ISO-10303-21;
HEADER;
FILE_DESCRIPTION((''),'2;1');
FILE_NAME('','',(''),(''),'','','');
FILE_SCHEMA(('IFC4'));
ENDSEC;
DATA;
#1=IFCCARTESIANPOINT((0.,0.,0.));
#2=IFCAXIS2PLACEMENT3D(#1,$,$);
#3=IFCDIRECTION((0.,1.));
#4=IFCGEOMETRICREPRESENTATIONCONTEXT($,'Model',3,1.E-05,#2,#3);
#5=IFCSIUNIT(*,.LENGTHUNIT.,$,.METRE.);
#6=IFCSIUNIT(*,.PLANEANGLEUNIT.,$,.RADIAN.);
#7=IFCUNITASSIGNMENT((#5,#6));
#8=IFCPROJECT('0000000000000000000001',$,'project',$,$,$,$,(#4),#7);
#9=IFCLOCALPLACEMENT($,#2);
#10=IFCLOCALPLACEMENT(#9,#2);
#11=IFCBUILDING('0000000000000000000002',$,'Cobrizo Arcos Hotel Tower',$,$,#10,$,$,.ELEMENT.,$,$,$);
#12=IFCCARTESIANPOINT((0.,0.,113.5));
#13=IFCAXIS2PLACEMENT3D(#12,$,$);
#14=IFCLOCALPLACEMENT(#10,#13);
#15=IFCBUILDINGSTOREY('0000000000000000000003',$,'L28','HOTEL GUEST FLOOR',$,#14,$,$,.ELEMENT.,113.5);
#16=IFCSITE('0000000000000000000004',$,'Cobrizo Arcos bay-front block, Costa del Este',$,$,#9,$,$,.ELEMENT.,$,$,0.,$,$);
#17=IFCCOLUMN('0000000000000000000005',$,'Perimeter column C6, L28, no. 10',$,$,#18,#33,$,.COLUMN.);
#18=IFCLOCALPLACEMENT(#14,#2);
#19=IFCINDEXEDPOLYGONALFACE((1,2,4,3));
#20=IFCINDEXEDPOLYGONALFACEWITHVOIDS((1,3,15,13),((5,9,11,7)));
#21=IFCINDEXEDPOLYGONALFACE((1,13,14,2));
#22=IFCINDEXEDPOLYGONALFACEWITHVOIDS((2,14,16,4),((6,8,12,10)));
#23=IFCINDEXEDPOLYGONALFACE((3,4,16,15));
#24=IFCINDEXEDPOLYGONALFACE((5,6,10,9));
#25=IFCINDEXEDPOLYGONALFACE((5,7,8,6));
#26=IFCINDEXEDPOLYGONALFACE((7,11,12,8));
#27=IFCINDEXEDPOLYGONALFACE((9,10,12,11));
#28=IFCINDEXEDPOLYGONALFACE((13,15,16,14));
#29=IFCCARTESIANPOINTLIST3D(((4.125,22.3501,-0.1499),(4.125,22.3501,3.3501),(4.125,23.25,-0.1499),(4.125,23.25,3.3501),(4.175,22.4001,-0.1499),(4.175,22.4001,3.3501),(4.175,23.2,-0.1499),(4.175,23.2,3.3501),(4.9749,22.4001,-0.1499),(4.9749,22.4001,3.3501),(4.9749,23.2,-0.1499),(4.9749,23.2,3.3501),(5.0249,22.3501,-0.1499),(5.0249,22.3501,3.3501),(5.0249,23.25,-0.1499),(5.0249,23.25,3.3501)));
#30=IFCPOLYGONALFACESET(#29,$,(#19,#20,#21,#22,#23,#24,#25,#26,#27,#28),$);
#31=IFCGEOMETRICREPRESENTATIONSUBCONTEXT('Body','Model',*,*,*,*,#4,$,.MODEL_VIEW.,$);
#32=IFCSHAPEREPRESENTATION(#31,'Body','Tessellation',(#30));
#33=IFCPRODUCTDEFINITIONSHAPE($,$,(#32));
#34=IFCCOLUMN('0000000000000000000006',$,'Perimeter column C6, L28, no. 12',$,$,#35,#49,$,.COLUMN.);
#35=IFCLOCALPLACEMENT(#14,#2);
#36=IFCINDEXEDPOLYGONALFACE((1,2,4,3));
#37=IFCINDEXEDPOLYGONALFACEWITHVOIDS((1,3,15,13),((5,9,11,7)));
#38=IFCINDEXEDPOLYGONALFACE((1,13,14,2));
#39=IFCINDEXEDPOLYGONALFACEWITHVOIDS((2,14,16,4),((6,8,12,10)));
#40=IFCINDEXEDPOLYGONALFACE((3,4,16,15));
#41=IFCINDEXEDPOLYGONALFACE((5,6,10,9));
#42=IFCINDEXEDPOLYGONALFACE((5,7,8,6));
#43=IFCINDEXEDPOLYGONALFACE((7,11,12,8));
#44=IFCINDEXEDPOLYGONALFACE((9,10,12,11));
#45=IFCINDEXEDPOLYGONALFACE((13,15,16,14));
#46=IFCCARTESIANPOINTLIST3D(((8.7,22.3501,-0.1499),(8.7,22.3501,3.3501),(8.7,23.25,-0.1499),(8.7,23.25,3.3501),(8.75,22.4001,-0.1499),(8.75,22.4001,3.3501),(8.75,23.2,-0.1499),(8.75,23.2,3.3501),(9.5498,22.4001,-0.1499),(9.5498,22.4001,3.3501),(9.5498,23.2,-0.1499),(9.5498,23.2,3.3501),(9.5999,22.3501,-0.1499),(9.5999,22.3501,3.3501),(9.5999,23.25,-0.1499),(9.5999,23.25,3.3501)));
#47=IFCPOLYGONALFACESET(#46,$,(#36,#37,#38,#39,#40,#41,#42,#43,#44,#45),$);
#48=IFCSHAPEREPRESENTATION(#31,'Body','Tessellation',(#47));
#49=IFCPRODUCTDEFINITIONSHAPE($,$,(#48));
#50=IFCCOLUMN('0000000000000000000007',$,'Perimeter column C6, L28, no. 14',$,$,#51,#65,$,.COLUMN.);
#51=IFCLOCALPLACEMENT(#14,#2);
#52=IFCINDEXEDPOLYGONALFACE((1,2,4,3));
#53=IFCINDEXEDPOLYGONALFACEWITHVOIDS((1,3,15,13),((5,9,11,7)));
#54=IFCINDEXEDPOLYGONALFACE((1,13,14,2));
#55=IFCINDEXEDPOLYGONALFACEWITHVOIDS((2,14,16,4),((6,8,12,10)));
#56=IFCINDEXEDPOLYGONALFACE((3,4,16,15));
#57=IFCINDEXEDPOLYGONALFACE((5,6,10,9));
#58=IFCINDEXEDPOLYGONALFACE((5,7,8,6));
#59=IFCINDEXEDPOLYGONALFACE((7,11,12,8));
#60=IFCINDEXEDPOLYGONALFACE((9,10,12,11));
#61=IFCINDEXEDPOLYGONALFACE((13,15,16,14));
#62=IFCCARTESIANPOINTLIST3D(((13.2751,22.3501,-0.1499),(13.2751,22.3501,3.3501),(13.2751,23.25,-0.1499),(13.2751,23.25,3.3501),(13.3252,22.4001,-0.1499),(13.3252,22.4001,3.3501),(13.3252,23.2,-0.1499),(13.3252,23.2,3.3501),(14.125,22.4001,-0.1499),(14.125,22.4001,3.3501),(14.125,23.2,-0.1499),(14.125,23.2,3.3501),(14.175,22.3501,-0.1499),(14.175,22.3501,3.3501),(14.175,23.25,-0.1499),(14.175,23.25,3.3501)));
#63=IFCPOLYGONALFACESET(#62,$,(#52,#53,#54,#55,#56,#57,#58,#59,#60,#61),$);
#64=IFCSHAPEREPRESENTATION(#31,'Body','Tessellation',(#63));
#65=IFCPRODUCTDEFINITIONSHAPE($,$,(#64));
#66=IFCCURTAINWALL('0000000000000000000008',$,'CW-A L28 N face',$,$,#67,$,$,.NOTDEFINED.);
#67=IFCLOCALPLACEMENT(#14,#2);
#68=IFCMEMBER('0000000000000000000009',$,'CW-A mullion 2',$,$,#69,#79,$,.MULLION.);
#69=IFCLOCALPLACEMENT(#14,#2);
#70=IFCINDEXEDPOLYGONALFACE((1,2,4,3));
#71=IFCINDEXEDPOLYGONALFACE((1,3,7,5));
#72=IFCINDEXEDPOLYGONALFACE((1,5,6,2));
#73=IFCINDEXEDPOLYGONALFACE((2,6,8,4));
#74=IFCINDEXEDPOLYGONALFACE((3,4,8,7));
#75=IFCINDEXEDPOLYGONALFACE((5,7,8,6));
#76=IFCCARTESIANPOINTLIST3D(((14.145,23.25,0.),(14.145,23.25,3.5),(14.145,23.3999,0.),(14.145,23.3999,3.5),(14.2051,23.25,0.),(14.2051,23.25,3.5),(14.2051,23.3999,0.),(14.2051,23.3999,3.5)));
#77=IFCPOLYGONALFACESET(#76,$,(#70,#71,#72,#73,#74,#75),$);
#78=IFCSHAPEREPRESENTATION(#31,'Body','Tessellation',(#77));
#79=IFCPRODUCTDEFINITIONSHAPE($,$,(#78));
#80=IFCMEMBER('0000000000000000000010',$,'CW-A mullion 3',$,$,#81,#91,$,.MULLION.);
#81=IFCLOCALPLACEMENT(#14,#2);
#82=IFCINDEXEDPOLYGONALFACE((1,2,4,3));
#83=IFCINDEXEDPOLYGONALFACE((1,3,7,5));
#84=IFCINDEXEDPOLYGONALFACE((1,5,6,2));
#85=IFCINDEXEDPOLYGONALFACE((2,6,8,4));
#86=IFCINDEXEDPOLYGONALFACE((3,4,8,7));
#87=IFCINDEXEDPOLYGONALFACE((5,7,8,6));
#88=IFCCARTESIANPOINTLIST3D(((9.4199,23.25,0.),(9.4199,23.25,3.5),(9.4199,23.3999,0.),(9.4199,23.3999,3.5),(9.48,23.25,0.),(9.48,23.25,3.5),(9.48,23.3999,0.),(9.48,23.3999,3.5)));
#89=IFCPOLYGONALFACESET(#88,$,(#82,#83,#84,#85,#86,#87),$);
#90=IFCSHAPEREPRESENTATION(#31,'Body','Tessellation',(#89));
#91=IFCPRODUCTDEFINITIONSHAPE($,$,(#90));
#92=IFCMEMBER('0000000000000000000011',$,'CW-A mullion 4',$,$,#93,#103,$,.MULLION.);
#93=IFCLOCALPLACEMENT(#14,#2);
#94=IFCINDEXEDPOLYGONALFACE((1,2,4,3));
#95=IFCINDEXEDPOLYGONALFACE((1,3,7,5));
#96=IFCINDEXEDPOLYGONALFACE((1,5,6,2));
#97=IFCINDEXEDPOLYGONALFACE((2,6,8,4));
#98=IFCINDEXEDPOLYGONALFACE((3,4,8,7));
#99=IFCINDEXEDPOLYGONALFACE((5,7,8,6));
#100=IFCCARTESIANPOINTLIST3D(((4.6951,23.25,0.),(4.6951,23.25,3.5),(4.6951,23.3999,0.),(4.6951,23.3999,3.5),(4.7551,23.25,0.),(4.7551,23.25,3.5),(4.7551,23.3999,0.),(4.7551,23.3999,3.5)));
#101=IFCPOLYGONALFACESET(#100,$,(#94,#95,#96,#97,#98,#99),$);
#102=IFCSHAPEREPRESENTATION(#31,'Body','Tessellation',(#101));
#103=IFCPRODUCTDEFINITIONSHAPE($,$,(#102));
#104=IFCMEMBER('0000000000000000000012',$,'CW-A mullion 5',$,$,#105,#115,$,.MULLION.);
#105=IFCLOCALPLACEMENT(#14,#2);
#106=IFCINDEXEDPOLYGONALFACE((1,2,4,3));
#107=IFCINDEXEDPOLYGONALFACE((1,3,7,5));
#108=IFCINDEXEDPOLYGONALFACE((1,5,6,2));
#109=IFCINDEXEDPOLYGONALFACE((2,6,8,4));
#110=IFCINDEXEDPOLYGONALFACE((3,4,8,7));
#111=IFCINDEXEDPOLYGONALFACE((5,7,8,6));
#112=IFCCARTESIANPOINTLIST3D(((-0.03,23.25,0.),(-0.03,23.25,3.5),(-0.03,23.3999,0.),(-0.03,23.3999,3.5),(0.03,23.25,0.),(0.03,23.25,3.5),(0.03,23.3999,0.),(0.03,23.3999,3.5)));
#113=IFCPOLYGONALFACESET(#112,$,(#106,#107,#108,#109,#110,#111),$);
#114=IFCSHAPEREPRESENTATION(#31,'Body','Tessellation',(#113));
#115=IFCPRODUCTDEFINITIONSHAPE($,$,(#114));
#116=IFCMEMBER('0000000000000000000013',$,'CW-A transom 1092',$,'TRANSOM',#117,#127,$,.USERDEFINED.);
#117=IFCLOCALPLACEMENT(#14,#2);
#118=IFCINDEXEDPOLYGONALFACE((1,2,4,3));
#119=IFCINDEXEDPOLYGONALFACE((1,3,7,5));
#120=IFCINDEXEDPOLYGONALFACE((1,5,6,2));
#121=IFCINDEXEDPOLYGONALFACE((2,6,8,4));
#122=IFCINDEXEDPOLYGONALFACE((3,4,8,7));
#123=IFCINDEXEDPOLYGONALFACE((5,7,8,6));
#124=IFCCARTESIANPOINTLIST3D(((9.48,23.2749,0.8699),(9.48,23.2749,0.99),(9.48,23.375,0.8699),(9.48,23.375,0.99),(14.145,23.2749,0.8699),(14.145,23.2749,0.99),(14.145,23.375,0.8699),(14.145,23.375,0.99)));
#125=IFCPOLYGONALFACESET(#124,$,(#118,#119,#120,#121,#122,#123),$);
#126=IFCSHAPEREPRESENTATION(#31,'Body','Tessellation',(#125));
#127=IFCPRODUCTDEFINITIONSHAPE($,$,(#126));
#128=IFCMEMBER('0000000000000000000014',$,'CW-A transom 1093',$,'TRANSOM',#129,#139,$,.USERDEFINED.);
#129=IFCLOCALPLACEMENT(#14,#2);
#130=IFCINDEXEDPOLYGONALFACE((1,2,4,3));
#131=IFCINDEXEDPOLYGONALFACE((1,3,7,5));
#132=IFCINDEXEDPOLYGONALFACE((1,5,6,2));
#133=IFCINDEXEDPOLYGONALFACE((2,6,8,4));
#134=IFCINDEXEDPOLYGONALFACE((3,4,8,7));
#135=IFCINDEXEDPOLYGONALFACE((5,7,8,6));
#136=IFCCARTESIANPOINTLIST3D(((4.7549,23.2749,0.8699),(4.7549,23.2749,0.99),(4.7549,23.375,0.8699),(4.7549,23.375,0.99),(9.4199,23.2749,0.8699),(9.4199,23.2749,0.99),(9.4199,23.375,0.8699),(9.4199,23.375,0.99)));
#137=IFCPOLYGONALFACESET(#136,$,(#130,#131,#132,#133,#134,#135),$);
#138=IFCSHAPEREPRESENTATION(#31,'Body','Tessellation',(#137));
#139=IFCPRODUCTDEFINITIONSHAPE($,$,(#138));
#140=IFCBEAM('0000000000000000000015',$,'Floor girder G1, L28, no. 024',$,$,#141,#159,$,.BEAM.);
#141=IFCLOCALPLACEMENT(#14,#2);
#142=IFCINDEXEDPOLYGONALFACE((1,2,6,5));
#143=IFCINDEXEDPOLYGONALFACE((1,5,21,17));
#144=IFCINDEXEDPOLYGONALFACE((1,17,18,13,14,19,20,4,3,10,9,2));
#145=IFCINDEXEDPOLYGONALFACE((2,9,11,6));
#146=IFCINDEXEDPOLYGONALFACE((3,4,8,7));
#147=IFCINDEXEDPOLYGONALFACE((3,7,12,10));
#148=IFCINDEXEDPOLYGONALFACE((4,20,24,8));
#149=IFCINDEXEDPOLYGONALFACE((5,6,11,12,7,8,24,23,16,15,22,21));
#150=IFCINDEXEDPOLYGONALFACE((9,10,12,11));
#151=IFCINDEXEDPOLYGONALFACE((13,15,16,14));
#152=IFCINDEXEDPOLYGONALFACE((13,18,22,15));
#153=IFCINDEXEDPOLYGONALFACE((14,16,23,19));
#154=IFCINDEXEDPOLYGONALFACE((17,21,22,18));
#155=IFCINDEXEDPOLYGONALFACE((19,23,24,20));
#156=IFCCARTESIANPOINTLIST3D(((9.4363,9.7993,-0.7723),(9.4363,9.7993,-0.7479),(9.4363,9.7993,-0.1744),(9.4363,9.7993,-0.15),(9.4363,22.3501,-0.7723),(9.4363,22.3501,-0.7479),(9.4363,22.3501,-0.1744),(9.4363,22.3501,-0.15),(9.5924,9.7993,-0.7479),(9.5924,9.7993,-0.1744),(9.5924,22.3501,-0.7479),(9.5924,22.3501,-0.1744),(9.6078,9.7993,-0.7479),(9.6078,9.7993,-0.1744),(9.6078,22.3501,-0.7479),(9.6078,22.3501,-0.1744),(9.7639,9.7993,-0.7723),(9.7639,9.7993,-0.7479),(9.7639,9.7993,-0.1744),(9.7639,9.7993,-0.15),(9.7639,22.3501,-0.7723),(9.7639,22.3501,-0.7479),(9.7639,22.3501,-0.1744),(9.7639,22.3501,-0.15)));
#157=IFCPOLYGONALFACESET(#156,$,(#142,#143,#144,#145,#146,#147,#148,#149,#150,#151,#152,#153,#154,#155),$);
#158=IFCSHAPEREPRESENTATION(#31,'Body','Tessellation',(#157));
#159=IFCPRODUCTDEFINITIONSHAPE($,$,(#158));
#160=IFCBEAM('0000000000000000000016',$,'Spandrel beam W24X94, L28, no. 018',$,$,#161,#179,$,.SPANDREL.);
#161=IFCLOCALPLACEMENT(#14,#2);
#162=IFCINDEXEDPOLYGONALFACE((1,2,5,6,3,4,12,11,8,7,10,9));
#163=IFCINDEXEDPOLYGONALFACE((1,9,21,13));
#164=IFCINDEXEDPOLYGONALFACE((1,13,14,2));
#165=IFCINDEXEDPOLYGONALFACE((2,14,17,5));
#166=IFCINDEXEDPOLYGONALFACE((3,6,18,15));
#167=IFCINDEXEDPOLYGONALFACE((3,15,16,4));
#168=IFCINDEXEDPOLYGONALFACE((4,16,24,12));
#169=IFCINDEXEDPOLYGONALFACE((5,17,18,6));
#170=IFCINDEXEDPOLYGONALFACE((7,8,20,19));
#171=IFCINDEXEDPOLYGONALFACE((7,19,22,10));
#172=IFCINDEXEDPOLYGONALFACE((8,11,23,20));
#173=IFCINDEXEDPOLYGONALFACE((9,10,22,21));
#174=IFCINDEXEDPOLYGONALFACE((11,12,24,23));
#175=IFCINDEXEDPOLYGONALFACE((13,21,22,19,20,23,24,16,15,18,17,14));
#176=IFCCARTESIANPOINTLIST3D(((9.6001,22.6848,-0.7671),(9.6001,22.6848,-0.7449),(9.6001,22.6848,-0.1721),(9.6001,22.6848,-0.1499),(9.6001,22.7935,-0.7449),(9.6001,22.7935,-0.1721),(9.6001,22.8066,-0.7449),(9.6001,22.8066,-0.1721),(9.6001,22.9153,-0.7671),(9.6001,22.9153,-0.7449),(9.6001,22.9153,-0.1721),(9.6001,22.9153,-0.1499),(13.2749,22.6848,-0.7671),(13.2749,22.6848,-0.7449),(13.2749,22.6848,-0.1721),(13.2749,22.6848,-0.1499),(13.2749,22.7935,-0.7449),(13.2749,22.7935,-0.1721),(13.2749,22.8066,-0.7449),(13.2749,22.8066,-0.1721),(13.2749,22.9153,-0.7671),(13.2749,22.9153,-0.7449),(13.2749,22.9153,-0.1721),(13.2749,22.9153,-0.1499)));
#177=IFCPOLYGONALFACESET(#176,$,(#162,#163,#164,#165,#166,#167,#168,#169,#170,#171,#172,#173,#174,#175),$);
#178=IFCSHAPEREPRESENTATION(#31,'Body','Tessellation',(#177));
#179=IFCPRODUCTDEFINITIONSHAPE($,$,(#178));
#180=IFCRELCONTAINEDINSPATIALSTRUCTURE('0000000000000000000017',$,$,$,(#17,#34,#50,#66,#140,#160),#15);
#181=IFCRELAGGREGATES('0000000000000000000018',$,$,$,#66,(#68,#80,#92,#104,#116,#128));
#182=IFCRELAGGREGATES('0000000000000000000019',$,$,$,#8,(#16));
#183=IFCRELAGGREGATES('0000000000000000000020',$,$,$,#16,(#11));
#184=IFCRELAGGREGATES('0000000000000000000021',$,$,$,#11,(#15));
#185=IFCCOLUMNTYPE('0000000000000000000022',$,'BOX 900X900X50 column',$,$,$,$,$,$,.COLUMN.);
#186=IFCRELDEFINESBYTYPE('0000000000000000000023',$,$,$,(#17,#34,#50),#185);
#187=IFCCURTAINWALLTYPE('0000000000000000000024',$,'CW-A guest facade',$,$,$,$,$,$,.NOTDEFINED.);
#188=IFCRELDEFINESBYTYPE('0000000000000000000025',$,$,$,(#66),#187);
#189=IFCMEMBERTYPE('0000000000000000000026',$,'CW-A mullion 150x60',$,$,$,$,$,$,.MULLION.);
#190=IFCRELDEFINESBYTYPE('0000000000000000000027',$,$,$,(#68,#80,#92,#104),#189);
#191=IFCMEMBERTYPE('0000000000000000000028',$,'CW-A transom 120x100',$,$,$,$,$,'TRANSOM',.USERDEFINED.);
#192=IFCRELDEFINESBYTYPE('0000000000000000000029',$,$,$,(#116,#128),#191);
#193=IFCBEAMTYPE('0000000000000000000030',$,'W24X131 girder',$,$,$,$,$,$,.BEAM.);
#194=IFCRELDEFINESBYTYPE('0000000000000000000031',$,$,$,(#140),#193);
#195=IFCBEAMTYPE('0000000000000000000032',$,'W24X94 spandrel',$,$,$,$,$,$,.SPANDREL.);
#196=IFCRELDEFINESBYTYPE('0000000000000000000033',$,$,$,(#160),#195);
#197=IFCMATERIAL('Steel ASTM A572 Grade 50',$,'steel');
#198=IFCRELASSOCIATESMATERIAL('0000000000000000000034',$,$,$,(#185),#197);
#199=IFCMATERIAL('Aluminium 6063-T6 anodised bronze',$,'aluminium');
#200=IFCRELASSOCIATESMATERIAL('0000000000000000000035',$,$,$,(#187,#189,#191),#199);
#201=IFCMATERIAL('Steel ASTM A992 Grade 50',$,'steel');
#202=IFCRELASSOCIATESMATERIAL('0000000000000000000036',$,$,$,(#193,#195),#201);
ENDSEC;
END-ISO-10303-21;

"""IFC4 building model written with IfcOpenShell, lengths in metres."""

from ifc_helpers import new_model, si_unit, direction, frame, origin, origin_2d, place, context, subcontext, project, spatial, rectangle, hollow_rectangle, i_section, extrude, material, material_profile, profile_set, type_object, element, aggregate, save


model = new_model("IFC4")

# Units and contexts
model_context = context("Model", 3, precision=1e-05, world=origin(), true_north=direction((0.0, 1.0)))
body_context = subcontext(model_context, "Body", "Model", "MODEL_VIEW")
ifc_project = project(units=[si_unit("LENGTHUNIT", "METRE"), si_unit("PLANEANGLEUNIT", "RADIAN")], contexts=[model_context])

# Site, building, storey
site_placement = place(None, origin())
site = spatial("IfcSite", under=ifc_project, at=site_placement, Name="Cobrizo Arcos bay-front block, Costa del Este", CompositionType="ELEMENT", RefElevation=0.0)
building_placement = place(site_placement, origin())
building = spatial("IfcBuilding", under=site, at=building_placement, Name="Cobrizo Arcos Hotel Tower", CompositionType="ELEMENT")
storey_placement = place(building_placement, frame((0.0, 0.0, 113.5)))
storey = spatial("IfcBuildingStorey", under=building, at=storey_placement, Name="L28", Description="HOTEL GUEST FLOOR", CompositionType="ELEMENT", Elevation=113.5)

# Columns
ifc_material_1 = material(Name="Steel ASTM A572 Grade 50", Category="steel")
ifc_material_profile_1 = material_profile(ifc_material_1, hollow_rectangle(XDim=0.8999, YDim=0.8999, WallThickness=0.05, at=origin_2d()), Name="BOX 900X900X50")
ifc_profile_set_1 = profile_set([ifc_material_profile_1], Name="Steel ASTM A572 Grade 50")
column_type = type_object("IfcColumnType", Name="BOX 900X900X50 column", PredefinedType="COLUMN", material=ifc_profile_set_1)
for number, where, z_axis, x_axis, name in (
    (1, (4.575, 22.8, -0.1499), (0.0, 0.0, 1.0), (1.0, 0.0, 0.0), "Perimeter column C6, L28, no. 10"),
    (2, (9.1499, 22.8, -0.1499), (0.0, 0.0, 1.0), (1.0, 0.0, 0.0), "Perimeter column C6, L28, no. 12"),
    (3, (13.7251, 22.8, -0.1499), (0.0, 0.0, 1.0), (1.0, 0.0, 0.0), "Perimeter column C6, L28, no. 14"),
):
    element("IfcColumn", number, at=place(storey_placement, frame(where, z_axis=z_axis, x_axis=x_axis)), inside=storey, type_object=column_type, Name=name, PredefinedType="COLUMN", context=body_context, shape_type="SweptSolid", body=[
        extrude(hollow_rectangle(XDim=0.8999, YDim=0.8999, WallThickness=0.05, at=origin_2d()), origin(), (0.0, 0.0, 1.0), 3.5),
    ])

# Curtain wall, members
ifc_material_2 = material(Name="Aluminium 6063-T6 anodised bronze", Category="aluminium")
curtain_wall_type = type_object("IfcCurtainWallType", Name="CW-A guest facade", PredefinedType="NOTDEFINED", material=ifc_material_2)
curtain_wall_placement = place(storey_placement, origin())
curtain_wall = element("IfcCurtainWall", 4, at=curtain_wall_placement, inside=storey, type_object=curtain_wall_type, Name="CW-A L28 N face", PredefinedType="NOTDEFINED")
ifc_material_profile_2 = material_profile(ifc_material_2, rectangle(XDim=0.1499, YDim=0.0601, at=origin_2d()), Name="CW-A mullion 150x60")
ifc_profile_set_2 = profile_set([ifc_material_profile_2], Name="Aluminium 6063-T6 anodised bronze")
member_type_1 = type_object("IfcMemberType", Name="CW-A mullion 150x60", PredefinedType="MULLION", material=ifc_profile_set_2)
member_1_placement = place(storey_placement, frame((14.175, 23.325, 0.0), z_axis=(0.0, 0.0, 1.0), x_axis=(0.0, 1.0, 0.0)))
member_1 = element("IfcMember", 5, at=member_1_placement, type_object=member_type_1, Name="CW-A mullion 2", PredefinedType="MULLION", context=body_context, shape_type="SweptSolid", body=[
    extrude(rectangle(XDim=0.1499, YDim=0.0601, at=origin_2d()), origin(), (0.0, 0.0, 1.0), 3.5),
])
member_2_placement = place(storey_placement, frame((9.45, 23.325, 0.0), z_axis=(0.0, 0.0, 1.0), x_axis=(0.0, 1.0, 0.0)))
member_2 = element("IfcMember", 6, at=member_2_placement, type_object=member_type_1, Name="CW-A mullion 3", PredefinedType="MULLION", context=body_context, shape_type="SweptSolid", body=[
    extrude(rectangle(XDim=0.1499, YDim=0.0601, at=origin_2d()), origin(), (0.0, 0.0, 1.0), 3.5),
])
member_3_placement = place(storey_placement, frame((4.7251, 23.325, 0.0), z_axis=(0.0, 0.0, 1.0), x_axis=(0.0, 1.0, 0.0)))
member_3 = element("IfcMember", 7, at=member_3_placement, type_object=member_type_1, Name="CW-A mullion 4", PredefinedType="MULLION", context=body_context, shape_type="SweptSolid", body=[
    extrude(rectangle(XDim=0.1499, YDim=0.0601, at=origin_2d()), origin(), (0.0, 0.0, 1.0), 3.5),
])
member_4_placement = place(storey_placement, frame((0.0, 23.325, 0.0), z_axis=(0.0, 0.0, 1.0), x_axis=(0.0, 1.0, 0.0)))
member_4 = element("IfcMember", 8, at=member_4_placement, type_object=member_type_1, Name="CW-A mullion 5", PredefinedType="MULLION", context=body_context, shape_type="SweptSolid", body=[
    extrude(rectangle(XDim=0.1499, YDim=0.0601, at=origin_2d()), origin(), (0.0, 0.0, 1.0), 3.5),
])
ifc_material_profile_3 = material_profile(ifc_material_2, rectangle(XDim=0.1001, YDim=0.1201, at=origin_2d()), Name="CW-A transom 120x100")
ifc_profile_set_3 = profile_set([ifc_material_profile_3], Name="Aluminium 6063-T6 anodised bronze")
member_type_2 = type_object("IfcMemberType", Name="CW-A transom 120x100", ElementType="TRANSOM", PredefinedType="USERDEFINED", material=ifc_profile_set_3)
member_5_placement = place(storey_placement, frame((14.145, 23.325, 0.9299), z_axis=(-1.0, 0.0, 0.0), x_axis=(0.0, -1.0, 0.0)))
member_5 = element("IfcMember", 9, at=member_5_placement, type_object=member_type_2, Name="CW-A transom 1092", ObjectType="TRANSOM", PredefinedType="USERDEFINED", context=body_context, shape_type="SweptSolid", body=[
    extrude(rectangle(XDim=0.1001, YDim=0.1201, at=origin_2d()), origin(), (0.0, 0.0, 1.0), 4.665),
])
member_6_placement = place(storey_placement, frame((9.4199, 23.325, 0.9299), z_axis=(-1.0, 0.0, 0.0), x_axis=(0.0, -1.0, 0.0)))
member_6 = element("IfcMember", 10, at=member_6_placement, type_object=member_type_2, Name="CW-A transom 1093", ObjectType="TRANSOM", PredefinedType="USERDEFINED", context=body_context, shape_type="SweptSolid", body=[
    extrude(rectangle(XDim=0.1001, YDim=0.1201, at=origin_2d()), origin(), (0.0, 0.0, 1.0), 4.665),
])

# Beams
ifc_material_3 = material(Name="Steel ASTM A992 Grade 50", Category="steel")
ifc_material_profile_4 = material_profile(ifc_material_3, i_section(OverallWidth=0.3276, OverallDepth=0.6223, WebThickness=0.0154, FlangeThickness=0.0244, at=origin_2d()), Name="W24X131")
ifc_profile_set_4 = profile_set([ifc_material_profile_4], Name="Steel ASTM A992 Grade 50")
beam_type_1 = type_object("IfcBeamType", Name="W24X131 girder", PredefinedType="BEAM", material=ifc_profile_set_4)
beam_1_placement = place(storey_placement, frame((9.6001, 9.7993, -0.4612), z_axis=(0.0, 1.0, 0.0), x_axis=(-1.0, 0.0, 0.0)))
element("IfcBeam", 11, at=beam_1_placement, inside=storey, type_object=beam_type_1, Name="Floor girder G1, L28, no. 024", PredefinedType="BEAM", context=body_context, shape_type="SweptSolid", body=[
    extrude(i_section(OverallWidth=0.3276, OverallDepth=0.6223, WebThickness=0.0154, FlangeThickness=0.0244, at=origin_2d()), origin(), (0.0, 0.0, 1.0), 12.5508),
])
ifc_material_profile_5 = material_profile(ifc_material_3, i_section(OverallWidth=0.2305, OverallDepth=0.6172, WebThickness=0.0132, FlangeThickness=0.0222, at=origin_2d()), Name="W24X94")
ifc_profile_set_5 = profile_set([ifc_material_profile_5], Name="Steel ASTM A992 Grade 50")
beam_type_2 = type_object("IfcBeamType", Name="W24X94 spandrel", PredefinedType="SPANDREL", material=ifc_profile_set_5)
beam_2_placement = place(storey_placement, frame((13.2749, 22.8, -0.4585), z_axis=(-1.0, 0.0, 0.0), x_axis=(0.0, -1.0, 0.0)))
element("IfcBeam", 12, at=beam_2_placement, inside=storey, type_object=beam_type_2, Name="Spandrel beam W24X94, L28, no. 018", PredefinedType="SPANDREL", context=body_context, shape_type="SweptSolid", body=[
    extrude(i_section(OverallWidth=0.2305, OverallDepth=0.6172, WebThickness=0.0132, FlangeThickness=0.0222, at=origin_2d()), origin(), (0.0, 0.0, 1.0), 3.6748),
])

aggregate(curtain_wall, [member_1, member_2, member_3, member_4, member_5, member_6])

save(model, "model.ifc")
